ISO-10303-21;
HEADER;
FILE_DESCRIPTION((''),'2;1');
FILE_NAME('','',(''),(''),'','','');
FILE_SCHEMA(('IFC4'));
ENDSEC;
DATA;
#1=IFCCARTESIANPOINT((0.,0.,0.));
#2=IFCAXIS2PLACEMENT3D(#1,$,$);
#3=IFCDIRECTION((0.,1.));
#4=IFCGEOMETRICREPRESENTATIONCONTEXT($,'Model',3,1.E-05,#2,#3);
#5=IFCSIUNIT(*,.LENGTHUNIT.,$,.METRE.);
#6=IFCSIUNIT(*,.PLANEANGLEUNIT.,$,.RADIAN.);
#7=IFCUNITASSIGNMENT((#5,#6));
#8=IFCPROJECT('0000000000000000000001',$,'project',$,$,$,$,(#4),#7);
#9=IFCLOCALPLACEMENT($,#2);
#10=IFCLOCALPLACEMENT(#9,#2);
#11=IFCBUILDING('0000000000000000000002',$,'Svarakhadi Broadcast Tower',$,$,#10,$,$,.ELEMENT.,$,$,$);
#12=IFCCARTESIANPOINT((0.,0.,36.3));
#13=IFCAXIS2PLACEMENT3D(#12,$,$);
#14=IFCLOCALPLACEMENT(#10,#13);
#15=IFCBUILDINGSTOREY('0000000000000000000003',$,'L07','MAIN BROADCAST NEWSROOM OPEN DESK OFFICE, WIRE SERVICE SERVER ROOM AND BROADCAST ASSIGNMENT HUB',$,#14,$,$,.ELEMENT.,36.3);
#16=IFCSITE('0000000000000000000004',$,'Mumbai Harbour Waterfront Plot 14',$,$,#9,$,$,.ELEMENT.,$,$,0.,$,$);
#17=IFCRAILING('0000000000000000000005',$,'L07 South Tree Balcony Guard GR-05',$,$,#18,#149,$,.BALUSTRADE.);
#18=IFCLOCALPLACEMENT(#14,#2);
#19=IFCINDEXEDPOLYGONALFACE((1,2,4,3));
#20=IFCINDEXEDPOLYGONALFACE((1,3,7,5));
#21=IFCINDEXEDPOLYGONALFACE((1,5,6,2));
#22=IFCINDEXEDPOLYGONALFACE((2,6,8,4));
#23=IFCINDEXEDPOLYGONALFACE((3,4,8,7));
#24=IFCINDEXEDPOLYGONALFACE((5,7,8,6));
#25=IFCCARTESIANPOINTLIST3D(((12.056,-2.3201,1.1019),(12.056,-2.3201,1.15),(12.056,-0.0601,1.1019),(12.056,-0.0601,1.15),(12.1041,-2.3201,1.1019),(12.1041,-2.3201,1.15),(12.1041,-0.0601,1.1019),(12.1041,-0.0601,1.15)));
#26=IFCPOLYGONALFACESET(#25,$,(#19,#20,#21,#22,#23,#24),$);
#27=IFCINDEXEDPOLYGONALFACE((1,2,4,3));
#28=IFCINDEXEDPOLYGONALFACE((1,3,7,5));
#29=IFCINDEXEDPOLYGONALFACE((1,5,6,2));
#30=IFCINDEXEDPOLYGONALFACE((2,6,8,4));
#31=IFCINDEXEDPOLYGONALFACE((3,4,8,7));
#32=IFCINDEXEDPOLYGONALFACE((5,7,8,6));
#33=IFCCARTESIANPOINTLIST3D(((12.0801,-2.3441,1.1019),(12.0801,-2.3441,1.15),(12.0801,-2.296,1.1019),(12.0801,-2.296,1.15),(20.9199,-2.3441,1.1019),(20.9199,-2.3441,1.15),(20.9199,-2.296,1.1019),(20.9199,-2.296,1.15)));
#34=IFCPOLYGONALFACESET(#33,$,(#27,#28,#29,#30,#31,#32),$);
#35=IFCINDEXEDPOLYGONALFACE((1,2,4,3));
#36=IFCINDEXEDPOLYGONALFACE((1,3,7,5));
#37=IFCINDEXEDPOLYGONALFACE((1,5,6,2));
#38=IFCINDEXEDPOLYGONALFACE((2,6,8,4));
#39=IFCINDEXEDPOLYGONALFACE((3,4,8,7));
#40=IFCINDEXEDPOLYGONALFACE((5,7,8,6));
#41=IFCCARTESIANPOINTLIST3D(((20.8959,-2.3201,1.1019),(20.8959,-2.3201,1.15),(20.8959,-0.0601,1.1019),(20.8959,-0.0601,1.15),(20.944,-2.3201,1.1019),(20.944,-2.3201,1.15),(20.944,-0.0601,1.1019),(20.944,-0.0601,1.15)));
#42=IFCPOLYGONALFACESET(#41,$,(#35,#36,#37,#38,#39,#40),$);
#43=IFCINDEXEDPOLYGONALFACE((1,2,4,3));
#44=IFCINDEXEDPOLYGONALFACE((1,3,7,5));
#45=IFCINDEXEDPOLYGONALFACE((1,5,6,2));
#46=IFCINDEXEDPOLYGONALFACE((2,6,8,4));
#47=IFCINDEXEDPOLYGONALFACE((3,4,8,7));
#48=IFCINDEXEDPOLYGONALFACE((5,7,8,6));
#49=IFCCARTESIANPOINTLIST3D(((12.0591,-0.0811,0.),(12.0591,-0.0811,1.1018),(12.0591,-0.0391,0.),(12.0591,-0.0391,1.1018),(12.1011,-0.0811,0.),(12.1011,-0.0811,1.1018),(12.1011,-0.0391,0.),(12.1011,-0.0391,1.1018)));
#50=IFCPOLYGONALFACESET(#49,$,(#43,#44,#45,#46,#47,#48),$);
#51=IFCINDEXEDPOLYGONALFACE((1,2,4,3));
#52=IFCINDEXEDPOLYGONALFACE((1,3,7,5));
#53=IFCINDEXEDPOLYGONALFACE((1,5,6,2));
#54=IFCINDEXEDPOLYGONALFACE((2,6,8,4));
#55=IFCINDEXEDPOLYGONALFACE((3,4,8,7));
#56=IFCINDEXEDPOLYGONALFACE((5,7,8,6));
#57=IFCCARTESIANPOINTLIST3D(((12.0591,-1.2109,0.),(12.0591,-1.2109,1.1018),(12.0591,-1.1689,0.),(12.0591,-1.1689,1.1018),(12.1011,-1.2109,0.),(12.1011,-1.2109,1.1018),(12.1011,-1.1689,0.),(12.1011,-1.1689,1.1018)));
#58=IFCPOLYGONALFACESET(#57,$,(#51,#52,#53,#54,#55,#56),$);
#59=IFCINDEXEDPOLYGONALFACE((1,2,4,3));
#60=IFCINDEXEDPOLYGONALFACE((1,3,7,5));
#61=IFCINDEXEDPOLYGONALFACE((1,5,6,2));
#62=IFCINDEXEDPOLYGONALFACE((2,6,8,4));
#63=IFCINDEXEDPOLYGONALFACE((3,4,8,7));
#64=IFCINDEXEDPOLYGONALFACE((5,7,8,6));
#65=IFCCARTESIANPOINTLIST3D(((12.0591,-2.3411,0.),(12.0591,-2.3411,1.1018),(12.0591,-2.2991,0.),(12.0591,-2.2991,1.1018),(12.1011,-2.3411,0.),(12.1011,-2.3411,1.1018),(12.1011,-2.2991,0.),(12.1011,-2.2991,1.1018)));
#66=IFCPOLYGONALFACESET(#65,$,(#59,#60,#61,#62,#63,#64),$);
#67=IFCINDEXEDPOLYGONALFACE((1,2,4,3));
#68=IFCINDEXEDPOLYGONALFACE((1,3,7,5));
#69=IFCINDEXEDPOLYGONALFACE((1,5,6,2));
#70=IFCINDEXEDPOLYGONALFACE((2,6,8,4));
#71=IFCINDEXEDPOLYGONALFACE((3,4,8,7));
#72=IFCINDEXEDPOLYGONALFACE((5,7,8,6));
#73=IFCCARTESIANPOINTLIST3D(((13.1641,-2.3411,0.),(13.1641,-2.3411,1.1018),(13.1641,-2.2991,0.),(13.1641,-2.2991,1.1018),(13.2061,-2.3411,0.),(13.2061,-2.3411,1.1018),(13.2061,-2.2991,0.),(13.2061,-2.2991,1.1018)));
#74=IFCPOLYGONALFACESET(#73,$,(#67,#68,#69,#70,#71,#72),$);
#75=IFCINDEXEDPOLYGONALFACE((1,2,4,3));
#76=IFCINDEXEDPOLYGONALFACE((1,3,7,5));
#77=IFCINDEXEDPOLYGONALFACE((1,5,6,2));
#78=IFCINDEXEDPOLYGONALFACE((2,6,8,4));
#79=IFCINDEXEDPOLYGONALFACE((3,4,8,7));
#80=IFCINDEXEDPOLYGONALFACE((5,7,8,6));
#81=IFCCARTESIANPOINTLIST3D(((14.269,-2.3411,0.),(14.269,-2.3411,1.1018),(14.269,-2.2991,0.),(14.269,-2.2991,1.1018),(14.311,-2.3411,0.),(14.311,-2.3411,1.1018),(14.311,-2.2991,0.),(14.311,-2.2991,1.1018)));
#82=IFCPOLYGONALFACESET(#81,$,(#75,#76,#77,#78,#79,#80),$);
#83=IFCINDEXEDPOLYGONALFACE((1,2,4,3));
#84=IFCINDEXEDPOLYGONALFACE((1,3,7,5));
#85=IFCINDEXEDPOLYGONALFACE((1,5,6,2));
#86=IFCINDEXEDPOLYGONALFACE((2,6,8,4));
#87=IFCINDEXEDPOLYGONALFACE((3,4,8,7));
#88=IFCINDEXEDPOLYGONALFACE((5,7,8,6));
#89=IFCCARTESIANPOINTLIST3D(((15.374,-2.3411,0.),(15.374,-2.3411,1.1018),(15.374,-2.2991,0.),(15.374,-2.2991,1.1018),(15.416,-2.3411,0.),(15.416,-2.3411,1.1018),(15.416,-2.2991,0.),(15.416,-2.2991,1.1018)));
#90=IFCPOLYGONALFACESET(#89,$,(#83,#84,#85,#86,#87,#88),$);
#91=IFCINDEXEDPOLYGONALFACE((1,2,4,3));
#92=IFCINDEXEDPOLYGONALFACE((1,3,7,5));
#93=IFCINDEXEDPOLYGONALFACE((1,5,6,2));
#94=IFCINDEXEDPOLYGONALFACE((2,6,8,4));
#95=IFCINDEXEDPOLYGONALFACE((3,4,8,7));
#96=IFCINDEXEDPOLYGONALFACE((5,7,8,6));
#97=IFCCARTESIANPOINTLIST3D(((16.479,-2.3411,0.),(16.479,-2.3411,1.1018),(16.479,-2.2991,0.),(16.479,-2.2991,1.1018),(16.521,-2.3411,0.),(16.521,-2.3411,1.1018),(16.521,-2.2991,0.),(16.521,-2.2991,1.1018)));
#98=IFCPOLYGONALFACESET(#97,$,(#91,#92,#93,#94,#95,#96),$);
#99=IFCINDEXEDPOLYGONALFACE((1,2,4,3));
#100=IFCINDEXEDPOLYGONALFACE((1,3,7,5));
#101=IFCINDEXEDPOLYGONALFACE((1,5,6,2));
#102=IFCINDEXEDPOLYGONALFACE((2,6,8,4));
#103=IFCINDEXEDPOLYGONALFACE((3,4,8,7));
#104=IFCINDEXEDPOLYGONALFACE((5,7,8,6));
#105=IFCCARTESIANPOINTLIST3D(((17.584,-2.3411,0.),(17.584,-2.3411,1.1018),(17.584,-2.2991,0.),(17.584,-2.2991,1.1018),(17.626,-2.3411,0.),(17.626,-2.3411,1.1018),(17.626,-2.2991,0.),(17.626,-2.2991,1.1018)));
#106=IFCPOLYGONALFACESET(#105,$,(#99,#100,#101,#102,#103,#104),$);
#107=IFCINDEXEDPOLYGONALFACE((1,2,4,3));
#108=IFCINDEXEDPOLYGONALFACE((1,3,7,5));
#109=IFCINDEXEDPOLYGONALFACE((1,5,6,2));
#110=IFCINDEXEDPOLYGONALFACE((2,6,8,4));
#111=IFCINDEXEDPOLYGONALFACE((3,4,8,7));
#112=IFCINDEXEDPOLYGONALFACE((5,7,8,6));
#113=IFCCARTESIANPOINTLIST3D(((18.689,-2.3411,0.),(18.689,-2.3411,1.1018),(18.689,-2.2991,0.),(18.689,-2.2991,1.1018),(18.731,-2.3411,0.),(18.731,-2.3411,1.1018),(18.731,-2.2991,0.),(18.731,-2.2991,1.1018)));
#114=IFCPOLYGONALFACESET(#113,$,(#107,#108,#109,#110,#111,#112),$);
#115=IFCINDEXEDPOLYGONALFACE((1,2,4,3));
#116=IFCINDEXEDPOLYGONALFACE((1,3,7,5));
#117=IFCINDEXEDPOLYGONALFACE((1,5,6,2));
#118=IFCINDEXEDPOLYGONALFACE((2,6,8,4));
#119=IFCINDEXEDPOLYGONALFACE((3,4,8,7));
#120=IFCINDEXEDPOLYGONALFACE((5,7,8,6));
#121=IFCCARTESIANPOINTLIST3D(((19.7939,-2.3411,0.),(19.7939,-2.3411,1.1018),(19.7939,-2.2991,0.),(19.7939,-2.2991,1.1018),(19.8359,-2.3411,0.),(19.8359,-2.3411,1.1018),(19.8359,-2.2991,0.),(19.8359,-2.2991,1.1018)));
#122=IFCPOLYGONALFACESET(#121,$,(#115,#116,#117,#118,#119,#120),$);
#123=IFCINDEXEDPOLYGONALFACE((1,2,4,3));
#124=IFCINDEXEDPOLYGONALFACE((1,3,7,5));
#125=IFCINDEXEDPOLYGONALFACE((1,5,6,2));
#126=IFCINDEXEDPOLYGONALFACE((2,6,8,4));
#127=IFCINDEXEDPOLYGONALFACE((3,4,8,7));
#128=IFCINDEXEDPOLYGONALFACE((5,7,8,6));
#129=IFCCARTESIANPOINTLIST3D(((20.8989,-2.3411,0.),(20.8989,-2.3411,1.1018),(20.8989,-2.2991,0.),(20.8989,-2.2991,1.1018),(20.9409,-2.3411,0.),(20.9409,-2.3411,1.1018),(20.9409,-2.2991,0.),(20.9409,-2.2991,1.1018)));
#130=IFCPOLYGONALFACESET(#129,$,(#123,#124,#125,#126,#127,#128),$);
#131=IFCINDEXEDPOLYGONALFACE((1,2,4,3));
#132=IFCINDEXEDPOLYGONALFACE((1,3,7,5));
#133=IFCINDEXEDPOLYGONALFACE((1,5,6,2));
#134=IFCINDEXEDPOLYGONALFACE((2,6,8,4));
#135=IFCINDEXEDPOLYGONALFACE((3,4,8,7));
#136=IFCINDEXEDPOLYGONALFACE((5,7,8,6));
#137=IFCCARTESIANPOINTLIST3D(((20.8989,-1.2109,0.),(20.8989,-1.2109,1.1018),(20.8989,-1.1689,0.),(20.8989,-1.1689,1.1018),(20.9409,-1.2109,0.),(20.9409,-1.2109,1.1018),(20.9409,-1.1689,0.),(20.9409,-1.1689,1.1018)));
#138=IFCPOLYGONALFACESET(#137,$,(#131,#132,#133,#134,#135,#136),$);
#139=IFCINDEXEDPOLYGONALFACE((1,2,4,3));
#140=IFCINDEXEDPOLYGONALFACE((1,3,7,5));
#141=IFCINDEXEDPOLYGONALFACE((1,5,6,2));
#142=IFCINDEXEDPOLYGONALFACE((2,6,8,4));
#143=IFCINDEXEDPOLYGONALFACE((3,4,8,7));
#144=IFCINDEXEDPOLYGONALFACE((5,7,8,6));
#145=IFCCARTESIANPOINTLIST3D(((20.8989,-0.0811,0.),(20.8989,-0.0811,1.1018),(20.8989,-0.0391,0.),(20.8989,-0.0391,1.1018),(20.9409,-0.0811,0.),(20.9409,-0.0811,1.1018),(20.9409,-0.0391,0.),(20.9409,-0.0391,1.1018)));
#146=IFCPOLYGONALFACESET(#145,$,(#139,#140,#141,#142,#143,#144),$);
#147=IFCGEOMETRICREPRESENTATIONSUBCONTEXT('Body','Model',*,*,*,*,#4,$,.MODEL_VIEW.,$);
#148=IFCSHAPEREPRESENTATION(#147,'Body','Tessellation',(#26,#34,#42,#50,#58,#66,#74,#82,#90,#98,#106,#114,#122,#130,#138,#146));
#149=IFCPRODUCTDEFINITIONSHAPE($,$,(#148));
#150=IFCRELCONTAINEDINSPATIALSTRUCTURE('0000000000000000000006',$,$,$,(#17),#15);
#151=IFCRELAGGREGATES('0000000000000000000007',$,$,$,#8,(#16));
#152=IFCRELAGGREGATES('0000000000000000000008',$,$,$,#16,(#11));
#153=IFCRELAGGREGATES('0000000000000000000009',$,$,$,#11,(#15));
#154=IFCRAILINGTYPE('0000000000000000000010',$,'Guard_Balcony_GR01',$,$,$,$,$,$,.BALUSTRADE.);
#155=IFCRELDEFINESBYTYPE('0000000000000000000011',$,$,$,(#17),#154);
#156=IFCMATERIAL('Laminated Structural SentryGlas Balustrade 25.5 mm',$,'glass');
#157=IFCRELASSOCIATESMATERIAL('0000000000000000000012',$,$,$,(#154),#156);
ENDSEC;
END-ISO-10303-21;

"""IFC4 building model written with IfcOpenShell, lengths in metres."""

from ifc_helpers import new_model, si_unit, direction, frame, origin, origin_2d, place, context, subcontext, project, spatial, rectangle, extrude, material, type_object, element, save


model = new_model("IFC4")

# Units and contexts
model_context = context("Model", 3, precision=1e-05, world=origin(), true_north=direction((0.0, 1.0)))
body_context = subcontext(model_context, "Body", "Model", "MODEL_VIEW")
ifc_project = project(units=[si_unit("LENGTHUNIT", "METRE"), si_unit("PLANEANGLEUNIT", "RADIAN")], contexts=[model_context])

# Site, building, storey
site_placement = place(None, origin())
site = spatial("IfcSite", under=ifc_project, at=site_placement, Name="Mumbai Harbour Waterfront Plot 14", CompositionType="ELEMENT", RefElevation=0.0)
building_placement = place(site_placement, origin())
building = spatial("IfcBuilding", under=site, at=building_placement, Name="Svarakhadi Broadcast Tower", CompositionType="ELEMENT")
storey_placement = place(building_placement, frame((0.0, 0.0, 36.3)))
storey = spatial("IfcBuildingStorey", under=building, at=storey_placement, Name="L07", Description="MAIN BROADCAST NEWSROOM OPEN DESK OFFICE, WIRE SERVICE SERVER ROOM AND BROADCAST ASSIGNMENT HUB", CompositionType="ELEMENT", Elevation=36.3)

# Railing
ifc_material_1 = material(Name="Laminated Structural SentryGlas Balustrade 25.5 mm", Category="glass")
railing_type = type_object("IfcRailingType", Name="Guard_Balcony_GR01", PredefinedType="BALUSTRADE", material=ifc_material_1)
railing_placement = place(storey_placement, frame((12.0801, -0.0601, 0.0)))
element("IfcRailing", 1, at=railing_placement, inside=storey, type_object=railing_type, Name="L07 South Tree Balcony Guard GR-05", PredefinedType="BALUSTRADE", context=body_context, shape_type="SweptSolid", body=[
    extrude(rectangle(XDim=0.0481, YDim=0.0481, at=origin_2d()), frame((0.0, 0.0, 1.126), z_axis=(0.0, -1.0, 0.0), x_axis=(1.0, 0.0, 0.0)), (0.0, 0.0, 1.0), 2.26),
    extrude(rectangle(XDim=0.0481, YDim=0.0481, at=origin_2d()), frame((0.0, -2.26, 1.126), z_axis=(1.0, 0.0, 0.0), x_axis=(0.0, 1.0, 0.0)), (0.0, 0.0, 1.0), 8.8398),
    extrude(rectangle(XDim=0.0481, YDim=0.0481, at=origin_2d()), frame((8.8398, -2.26, 1.126), z_axis=(0.0, 1.0, 0.0), x_axis=(-1.0, 0.0, 0.0)), (0.0, 0.0, 1.0), 2.26),
    extrude(rectangle(XDim=0.042, YDim=0.042, at=origin_2d()), origin(), (0.0, 0.0, 1.0), 1.1018),
    extrude(rectangle(XDim=0.042, YDim=0.042, at=origin_2d()), frame((0.0, -1.1299, 0.0)), (0.0, 0.0, 1.0), 1.1018),
    extrude(rectangle(XDim=0.042, YDim=0.042, at=origin_2d()), frame((0.0, -2.26, 0.0)), (0.0, 0.0, 1.0), 1.1018),
    extrude(rectangle(XDim=0.042, YDim=0.042, at=origin_2d()), frame((1.105, -2.26, 0.0)), (0.0, 0.0, 1.0), 1.1018),
    extrude(rectangle(XDim=0.042, YDim=0.042, at=origin_2d()), frame((2.21, -2.26, 0.0)), (0.0, 0.0, 1.0), 1.1018),
    extrude(rectangle(XDim=0.042, YDim=0.042, at=origin_2d()), frame((3.3149, -2.26, 0.0)), (0.0, 0.0, 1.0), 1.1018),
    extrude(rectangle(XDim=0.042, YDim=0.042, at=origin_2d()), frame((4.4199, -2.26, 0.0)), (0.0, 0.0, 1.0), 1.1018),
    extrude(rectangle(XDim=0.042, YDim=0.042, at=origin_2d()), frame((5.5249, -2.26, 0.0)), (0.0, 0.0, 1.0), 1.1018),
    extrude(rectangle(XDim=0.042, YDim=0.042, at=origin_2d()), frame((6.6299, -2.26, 0.0)), (0.0, 0.0, 1.0), 1.1018),
    extrude(rectangle(XDim=0.042, YDim=0.042, at=origin_2d()), frame((7.7349, -2.26, 0.0)), (0.0, 0.0, 1.0), 1.1018),
    extrude(rectangle(XDim=0.042, YDim=0.042, at=origin_2d()), frame((8.8398, -2.26, 0.0)), (0.0, 0.0, 1.0), 1.1018),
    extrude(rectangle(XDim=0.042, YDim=0.042, at=origin_2d()), frame((8.8398, -1.1299, 0.0)), (0.0, 0.0, 1.0), 1.1018),
    extrude(rectangle(XDim=0.042, YDim=0.042, at=origin_2d()), frame((8.8398, 0.0, 0.0)), (0.0, 0.0, 1.0), 1.1018),
])

save(model, "model.ifc")
